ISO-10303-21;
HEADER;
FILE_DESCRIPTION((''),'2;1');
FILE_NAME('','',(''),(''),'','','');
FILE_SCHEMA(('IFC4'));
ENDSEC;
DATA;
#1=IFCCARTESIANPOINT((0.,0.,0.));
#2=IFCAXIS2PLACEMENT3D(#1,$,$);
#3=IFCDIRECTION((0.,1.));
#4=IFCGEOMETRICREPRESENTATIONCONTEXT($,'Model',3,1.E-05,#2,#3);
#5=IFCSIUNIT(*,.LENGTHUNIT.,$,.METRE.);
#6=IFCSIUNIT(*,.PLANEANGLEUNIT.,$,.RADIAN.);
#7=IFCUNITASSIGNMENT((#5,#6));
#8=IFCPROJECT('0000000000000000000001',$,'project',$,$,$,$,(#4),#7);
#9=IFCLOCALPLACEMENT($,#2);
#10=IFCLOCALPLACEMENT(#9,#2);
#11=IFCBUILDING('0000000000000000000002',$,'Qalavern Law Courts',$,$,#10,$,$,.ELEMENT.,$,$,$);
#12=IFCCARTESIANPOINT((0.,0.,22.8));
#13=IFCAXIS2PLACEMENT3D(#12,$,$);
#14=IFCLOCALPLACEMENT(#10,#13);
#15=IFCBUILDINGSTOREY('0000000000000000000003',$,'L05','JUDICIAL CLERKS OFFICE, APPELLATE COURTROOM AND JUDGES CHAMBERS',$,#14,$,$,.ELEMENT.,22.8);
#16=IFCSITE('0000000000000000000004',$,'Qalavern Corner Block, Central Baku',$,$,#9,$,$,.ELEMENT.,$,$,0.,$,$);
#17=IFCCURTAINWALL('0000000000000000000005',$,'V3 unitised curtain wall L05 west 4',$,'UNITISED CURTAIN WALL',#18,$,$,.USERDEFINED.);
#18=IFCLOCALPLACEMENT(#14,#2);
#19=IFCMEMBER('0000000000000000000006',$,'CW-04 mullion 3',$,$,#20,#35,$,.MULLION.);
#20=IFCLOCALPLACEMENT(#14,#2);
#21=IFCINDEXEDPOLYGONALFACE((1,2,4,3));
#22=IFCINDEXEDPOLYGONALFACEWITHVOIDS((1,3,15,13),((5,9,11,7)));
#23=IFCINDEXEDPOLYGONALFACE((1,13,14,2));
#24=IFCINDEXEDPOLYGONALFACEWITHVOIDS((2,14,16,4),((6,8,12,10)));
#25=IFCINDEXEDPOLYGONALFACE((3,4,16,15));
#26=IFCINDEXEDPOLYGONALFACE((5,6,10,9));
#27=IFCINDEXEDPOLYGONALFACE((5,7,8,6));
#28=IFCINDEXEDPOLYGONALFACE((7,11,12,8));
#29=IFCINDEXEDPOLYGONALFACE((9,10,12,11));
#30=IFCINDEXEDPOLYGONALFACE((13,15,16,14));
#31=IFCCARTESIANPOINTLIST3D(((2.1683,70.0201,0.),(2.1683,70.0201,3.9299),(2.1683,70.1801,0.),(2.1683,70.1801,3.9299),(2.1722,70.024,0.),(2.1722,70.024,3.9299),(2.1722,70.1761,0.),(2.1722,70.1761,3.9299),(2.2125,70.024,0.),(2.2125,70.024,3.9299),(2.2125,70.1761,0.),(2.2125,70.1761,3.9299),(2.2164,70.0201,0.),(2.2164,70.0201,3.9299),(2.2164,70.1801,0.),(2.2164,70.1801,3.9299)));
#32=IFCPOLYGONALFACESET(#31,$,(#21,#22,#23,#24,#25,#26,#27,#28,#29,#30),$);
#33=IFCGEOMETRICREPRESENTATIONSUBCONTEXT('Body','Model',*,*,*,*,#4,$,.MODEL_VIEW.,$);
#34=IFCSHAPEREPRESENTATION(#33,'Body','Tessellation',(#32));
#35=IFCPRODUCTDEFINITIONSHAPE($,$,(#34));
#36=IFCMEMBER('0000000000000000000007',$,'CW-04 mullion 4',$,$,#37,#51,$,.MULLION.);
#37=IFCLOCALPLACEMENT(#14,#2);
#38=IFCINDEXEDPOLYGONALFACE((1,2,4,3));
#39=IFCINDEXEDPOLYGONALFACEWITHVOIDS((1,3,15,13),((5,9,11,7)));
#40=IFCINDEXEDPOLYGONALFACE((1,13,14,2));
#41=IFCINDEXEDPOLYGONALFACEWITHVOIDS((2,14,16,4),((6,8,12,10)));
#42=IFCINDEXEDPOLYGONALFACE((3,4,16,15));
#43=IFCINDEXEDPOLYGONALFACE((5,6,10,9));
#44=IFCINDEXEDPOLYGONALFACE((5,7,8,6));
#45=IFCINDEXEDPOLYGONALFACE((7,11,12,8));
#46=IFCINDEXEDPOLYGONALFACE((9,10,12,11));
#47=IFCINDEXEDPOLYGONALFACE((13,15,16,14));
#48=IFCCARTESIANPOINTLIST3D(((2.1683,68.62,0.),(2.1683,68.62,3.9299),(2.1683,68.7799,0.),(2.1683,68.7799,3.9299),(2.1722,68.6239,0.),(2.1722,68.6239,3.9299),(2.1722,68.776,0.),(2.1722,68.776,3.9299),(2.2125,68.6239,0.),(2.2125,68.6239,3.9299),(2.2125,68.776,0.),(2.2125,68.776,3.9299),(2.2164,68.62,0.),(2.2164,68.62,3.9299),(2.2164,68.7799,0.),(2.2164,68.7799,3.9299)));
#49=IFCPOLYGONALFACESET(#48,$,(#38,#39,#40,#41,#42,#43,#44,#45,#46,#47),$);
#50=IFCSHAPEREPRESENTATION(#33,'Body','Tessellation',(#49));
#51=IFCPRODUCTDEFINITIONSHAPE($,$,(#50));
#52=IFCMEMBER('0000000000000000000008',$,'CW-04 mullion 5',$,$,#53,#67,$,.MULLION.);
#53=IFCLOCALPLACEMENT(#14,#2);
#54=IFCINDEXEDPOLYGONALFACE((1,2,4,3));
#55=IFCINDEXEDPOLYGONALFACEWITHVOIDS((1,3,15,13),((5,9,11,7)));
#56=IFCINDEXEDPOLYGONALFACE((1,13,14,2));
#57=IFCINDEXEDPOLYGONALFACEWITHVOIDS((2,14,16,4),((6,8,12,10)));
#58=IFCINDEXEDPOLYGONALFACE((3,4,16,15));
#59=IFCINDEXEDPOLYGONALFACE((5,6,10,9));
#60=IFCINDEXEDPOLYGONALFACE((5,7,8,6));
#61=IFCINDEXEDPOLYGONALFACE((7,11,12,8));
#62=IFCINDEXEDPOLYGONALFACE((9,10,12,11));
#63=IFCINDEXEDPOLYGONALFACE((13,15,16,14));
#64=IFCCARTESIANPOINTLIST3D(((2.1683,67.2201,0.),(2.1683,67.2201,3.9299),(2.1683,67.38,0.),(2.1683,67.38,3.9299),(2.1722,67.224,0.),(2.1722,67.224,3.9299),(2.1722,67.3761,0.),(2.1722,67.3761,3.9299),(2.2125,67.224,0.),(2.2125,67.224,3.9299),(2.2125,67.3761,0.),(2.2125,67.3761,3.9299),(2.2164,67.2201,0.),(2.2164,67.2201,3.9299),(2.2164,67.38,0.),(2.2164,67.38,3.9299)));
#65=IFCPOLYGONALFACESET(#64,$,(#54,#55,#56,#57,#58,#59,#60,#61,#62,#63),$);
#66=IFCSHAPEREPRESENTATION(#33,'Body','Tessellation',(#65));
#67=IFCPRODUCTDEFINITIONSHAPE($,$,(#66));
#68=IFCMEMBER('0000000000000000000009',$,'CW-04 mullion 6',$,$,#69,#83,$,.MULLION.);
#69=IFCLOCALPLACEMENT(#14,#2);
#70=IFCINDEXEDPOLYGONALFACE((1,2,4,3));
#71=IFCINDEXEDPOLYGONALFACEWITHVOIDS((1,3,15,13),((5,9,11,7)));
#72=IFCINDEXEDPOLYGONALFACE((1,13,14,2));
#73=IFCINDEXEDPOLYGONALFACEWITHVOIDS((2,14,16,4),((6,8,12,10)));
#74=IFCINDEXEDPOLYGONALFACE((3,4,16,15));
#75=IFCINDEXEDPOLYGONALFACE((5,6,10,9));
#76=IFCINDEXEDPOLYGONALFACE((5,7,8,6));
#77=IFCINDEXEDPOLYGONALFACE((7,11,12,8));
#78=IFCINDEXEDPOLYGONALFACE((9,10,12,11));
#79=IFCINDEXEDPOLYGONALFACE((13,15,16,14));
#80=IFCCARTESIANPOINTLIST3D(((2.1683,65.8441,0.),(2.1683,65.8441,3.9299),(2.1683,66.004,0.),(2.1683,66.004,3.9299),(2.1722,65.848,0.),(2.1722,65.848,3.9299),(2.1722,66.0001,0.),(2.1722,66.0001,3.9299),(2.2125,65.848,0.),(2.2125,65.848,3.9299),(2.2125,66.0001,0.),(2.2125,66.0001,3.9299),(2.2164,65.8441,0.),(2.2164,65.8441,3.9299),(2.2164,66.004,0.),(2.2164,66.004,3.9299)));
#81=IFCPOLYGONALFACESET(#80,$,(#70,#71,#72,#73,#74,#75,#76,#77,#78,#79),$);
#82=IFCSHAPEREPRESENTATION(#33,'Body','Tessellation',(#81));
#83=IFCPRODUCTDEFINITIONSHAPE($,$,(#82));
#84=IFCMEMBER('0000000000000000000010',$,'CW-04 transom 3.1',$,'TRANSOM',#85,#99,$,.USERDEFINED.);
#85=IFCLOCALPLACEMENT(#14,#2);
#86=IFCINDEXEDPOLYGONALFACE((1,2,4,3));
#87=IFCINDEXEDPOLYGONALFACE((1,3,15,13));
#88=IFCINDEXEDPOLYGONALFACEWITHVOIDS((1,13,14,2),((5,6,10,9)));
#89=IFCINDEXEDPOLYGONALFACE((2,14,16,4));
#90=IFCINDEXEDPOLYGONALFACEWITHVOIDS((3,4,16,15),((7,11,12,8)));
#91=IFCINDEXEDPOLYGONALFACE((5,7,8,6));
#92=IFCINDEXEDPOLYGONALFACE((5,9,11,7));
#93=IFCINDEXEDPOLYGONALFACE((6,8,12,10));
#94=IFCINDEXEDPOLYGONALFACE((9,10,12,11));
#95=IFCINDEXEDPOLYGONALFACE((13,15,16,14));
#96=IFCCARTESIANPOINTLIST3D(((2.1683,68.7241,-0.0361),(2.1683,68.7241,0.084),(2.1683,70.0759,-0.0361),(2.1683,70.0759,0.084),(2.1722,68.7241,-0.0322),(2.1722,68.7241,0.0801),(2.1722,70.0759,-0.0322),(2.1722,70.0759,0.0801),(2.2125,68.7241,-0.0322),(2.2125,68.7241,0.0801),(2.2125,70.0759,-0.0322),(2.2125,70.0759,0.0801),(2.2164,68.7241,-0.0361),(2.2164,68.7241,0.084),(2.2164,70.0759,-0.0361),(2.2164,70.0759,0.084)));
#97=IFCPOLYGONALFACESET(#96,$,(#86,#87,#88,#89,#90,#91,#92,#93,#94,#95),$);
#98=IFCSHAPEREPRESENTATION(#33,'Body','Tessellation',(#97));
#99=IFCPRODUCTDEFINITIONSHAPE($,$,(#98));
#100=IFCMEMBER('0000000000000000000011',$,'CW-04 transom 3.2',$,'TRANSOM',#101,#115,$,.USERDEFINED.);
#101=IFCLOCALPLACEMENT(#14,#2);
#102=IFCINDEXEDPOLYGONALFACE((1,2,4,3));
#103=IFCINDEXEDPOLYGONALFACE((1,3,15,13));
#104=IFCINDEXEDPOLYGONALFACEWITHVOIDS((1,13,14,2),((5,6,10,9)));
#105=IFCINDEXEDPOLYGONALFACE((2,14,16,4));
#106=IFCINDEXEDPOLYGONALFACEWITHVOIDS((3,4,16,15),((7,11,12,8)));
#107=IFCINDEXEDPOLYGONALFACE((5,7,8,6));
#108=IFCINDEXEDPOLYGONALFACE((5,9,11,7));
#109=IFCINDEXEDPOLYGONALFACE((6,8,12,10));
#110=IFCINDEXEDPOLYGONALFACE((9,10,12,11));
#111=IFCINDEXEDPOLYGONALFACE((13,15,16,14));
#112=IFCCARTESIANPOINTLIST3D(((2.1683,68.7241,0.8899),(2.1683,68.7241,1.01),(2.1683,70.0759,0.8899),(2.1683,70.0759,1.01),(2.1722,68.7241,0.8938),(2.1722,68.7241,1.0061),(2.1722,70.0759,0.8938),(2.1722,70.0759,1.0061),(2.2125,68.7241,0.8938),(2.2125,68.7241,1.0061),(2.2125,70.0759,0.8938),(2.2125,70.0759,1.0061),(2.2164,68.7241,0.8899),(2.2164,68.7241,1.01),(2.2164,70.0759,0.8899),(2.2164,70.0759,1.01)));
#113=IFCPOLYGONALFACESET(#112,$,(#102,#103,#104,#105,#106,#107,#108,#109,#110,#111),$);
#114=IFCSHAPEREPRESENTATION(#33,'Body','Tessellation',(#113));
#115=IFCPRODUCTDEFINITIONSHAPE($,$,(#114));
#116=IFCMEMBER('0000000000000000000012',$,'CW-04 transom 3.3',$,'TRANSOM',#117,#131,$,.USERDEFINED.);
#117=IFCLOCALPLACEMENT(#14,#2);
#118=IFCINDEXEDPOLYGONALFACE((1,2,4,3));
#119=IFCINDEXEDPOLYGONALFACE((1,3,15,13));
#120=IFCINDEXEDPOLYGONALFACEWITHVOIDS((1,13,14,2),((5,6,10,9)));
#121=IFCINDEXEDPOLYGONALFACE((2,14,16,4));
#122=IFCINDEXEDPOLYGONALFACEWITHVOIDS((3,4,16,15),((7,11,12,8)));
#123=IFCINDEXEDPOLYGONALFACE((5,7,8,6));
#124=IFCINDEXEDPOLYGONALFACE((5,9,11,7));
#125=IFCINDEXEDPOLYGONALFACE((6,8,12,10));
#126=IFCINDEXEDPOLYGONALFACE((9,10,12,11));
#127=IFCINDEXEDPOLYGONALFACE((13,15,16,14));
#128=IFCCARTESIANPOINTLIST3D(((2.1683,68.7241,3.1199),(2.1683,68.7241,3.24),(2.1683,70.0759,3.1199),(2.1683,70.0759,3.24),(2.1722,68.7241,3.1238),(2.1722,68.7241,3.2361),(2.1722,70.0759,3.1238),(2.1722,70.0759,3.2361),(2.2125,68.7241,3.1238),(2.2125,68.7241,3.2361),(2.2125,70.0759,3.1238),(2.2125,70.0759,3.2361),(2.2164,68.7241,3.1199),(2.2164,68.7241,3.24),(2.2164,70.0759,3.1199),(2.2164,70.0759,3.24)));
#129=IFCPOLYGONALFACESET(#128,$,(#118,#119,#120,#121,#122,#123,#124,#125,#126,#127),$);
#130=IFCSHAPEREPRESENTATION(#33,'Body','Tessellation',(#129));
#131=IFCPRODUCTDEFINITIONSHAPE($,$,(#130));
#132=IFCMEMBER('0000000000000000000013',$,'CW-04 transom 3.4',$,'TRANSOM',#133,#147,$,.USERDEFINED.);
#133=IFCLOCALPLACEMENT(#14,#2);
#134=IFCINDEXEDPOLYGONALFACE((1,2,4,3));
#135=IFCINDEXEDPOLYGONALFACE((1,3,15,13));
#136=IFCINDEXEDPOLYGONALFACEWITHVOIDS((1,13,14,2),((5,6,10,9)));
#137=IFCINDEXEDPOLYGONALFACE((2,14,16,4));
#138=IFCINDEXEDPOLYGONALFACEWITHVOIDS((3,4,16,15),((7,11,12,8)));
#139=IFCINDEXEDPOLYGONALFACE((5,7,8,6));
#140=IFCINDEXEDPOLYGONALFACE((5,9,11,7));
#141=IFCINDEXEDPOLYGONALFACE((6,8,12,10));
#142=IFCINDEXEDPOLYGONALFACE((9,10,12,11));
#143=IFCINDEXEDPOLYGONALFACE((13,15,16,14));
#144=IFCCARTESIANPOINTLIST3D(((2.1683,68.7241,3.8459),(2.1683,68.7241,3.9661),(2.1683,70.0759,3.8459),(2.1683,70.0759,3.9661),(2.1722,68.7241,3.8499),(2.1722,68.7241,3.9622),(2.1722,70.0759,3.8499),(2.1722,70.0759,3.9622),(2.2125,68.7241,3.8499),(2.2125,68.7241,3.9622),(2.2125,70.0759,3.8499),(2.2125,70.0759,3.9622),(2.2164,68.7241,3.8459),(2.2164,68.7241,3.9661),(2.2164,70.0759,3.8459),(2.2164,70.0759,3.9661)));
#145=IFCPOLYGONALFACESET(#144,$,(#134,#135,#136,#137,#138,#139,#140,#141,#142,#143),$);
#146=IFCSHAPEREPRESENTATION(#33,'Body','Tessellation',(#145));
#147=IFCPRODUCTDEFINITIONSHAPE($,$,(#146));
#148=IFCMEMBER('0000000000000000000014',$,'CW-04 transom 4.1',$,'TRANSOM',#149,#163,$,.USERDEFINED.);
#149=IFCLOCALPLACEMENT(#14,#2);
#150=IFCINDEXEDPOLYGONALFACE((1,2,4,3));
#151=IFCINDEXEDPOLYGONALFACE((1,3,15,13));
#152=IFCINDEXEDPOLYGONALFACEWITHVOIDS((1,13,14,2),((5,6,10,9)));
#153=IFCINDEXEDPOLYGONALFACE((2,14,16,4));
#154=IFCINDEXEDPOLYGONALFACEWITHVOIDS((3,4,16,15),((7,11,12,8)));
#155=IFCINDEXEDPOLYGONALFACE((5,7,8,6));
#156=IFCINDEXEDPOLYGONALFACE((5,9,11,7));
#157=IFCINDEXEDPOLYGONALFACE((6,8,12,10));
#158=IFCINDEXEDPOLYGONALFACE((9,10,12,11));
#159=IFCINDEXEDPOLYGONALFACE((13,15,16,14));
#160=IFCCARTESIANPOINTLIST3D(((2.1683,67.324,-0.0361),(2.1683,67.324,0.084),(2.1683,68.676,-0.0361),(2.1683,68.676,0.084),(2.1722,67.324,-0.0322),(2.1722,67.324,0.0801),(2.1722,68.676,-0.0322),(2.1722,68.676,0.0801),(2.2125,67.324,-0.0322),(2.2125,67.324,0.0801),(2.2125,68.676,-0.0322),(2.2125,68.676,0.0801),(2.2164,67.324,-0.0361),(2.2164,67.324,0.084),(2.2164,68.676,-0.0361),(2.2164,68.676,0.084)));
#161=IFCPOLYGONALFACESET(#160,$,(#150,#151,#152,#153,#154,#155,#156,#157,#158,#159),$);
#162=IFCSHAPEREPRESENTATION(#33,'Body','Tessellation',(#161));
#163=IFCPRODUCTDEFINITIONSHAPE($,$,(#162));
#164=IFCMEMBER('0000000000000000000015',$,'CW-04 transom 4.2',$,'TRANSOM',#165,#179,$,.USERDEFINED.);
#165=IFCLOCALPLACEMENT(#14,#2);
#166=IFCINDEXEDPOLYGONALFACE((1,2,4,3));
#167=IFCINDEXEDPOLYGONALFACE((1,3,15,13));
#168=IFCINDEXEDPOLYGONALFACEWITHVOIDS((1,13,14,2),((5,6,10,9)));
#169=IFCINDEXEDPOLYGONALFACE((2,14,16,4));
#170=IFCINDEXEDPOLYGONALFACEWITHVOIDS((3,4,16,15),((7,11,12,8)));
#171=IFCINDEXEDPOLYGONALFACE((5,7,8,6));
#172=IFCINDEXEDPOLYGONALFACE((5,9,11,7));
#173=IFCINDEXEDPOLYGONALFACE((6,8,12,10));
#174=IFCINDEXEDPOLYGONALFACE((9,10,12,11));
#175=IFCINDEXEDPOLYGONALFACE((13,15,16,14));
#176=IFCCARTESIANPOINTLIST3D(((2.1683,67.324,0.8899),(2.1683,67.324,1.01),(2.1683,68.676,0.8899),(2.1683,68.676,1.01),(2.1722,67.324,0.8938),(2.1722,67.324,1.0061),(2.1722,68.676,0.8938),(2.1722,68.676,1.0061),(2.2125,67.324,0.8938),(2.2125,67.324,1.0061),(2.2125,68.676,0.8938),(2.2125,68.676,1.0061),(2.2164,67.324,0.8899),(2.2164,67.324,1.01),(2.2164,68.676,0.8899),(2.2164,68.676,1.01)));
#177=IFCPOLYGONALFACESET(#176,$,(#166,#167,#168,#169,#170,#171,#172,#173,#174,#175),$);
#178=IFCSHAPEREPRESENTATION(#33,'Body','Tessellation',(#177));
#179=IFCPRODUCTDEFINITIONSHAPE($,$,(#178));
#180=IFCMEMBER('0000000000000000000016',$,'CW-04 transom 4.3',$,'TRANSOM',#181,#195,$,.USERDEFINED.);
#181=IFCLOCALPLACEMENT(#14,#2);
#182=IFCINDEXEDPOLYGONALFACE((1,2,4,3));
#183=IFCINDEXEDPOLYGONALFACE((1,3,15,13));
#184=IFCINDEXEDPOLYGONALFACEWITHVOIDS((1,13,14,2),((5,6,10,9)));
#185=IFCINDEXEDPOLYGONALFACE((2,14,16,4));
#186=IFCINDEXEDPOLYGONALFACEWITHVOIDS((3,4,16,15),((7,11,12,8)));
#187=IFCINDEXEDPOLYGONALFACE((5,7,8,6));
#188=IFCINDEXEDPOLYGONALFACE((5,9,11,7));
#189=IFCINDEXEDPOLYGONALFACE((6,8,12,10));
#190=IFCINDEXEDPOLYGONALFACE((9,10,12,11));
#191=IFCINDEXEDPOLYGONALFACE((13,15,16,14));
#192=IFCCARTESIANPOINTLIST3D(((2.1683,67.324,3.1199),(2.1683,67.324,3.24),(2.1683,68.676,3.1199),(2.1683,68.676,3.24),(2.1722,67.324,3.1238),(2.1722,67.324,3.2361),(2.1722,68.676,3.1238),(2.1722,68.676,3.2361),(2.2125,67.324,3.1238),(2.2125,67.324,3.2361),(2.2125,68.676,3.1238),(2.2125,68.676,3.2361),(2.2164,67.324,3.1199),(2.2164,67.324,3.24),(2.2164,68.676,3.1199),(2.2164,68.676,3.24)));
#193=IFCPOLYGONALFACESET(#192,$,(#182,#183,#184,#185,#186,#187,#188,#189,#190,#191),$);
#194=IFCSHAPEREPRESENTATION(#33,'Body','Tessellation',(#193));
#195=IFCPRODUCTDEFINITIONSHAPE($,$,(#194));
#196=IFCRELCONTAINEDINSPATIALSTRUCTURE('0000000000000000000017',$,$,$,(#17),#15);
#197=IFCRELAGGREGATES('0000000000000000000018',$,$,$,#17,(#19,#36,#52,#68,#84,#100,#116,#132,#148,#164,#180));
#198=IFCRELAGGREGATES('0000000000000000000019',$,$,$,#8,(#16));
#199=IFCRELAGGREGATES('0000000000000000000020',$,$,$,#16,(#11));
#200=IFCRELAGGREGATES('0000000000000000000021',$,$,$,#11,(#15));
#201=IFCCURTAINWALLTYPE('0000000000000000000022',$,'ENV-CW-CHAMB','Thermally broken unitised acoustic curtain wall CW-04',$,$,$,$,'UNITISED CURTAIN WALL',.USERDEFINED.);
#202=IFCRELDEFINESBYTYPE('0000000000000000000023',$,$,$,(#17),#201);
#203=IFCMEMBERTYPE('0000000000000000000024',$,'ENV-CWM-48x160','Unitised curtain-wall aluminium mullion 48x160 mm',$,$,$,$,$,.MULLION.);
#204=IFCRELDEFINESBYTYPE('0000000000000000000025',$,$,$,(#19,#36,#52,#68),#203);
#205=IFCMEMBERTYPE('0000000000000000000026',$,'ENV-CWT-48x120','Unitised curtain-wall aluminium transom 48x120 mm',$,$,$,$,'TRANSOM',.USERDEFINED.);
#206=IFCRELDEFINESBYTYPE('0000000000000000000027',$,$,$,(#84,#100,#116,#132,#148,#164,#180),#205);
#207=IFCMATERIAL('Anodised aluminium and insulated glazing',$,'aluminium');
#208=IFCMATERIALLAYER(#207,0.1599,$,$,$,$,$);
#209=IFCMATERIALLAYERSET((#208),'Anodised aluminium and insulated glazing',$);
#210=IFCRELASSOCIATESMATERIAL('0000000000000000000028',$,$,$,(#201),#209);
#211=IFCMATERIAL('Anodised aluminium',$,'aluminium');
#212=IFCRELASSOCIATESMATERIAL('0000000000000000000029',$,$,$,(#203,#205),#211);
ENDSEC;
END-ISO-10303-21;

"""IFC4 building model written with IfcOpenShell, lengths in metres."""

from ifc_helpers import new_model, si_unit, direction, frame, origin, origin_2d, place, context, subcontext, project, spatial, hollow_rectangle, extrude, material, layer, layer_set, material_profile, profile_set, type_object, element, aggregate, save


model = new_model("IFC4")

# Units and contexts
model_context = context("Model", 3, precision=1e-05, world=origin(), true_north=direction((0.0, 1.0)))
body_context = subcontext(model_context, "Body", "Model", "MODEL_VIEW")
ifc_project = project(units=[si_unit("LENGTHUNIT", "METRE"), si_unit("PLANEANGLEUNIT", "RADIAN")], contexts=[model_context])

# Site, building, storey
site_placement = place(None, origin())
site = spatial("IfcSite", under=ifc_project, at=site_placement, Name="Qalavern Corner Block, Central Baku", CompositionType="ELEMENT", RefElevation=0.0)
building_placement = place(site_placement, origin())
building = spatial("IfcBuilding", under=site, at=building_placement, Name="Qalavern Law Courts", CompositionType="ELEMENT")
storey_placement = place(building_placement, frame((0.0, 0.0, 22.8)))
storey = spatial("IfcBuildingStorey", under=building, at=storey_placement, Name="L05", Description="JUDICIAL CLERKS OFFICE, APPELLATE COURTROOM AND JUDGES CHAMBERS", CompositionType="ELEMENT", Elevation=22.8)

# Curtain wall, members
ifc_material_1 = material(Name="Anodised aluminium and insulated glazing", Category="aluminium")
ifc_layer_1 = layer(ifc_material_1, 0.1599)
ifc_layer_set_1 = layer_set([ifc_layer_1], Name="Anodised aluminium and insulated glazing")
curtain_wall_type = type_object("IfcCurtainWallType", Name="ENV-CW-CHAMB", Description="Thermally broken unitised acoustic curtain wall CW-04", ElementType="UNITISED CURTAIN WALL", PredefinedType="USERDEFINED", material=ifc_layer_set_1)
curtain_wall_placement = place(storey_placement, origin())
curtain_wall = element("IfcCurtainWall", 1, at=curtain_wall_placement, inside=storey, type_object=curtain_wall_type, Name="V3 unitised curtain wall L05 west 4", ObjectType="UNITISED CURTAIN WALL", PredefinedType="USERDEFINED")
ifc_material_2 = material(Name="Anodised aluminium", Category="aluminium")
ifc_material_profile_1 = material_profile(ifc_material_2, hollow_rectangle(XDim=0.0481, YDim=0.1599, WallThickness=0.0039, at=origin_2d()), Name="ALU MULLION 48x160")
ifc_profile_set_1 = profile_set([ifc_material_profile_1], Name="Anodised aluminium")
member_type_1 = type_object("IfcMemberType", Name="ENV-CWM-48x160", Description="Unitised curtain-wall aluminium mullion 48x160 mm", PredefinedType="MULLION", material=ifc_profile_set_1)
member_1_placement = place(storey_placement, frame((2.1924, 70.1001, 0.0), z_axis=(0.0, 0.0, 1.0), x_axis=(1.0, 0.0, 0.0)))
member_1 = element("IfcMember", 2, at=member_1_placement, type_object=member_type_1, Name="CW-04 mullion 3", PredefinedType="MULLION", context=body_context, shape_type="SweptSolid", body=[
    extrude(hollow_rectangle(XDim=0.0481, YDim=0.1599, WallThickness=0.0039, at=origin_2d()), origin(), (0.0, 0.0, 1.0), 3.9299),
])
member_2_placement = place(storey_placement, frame((2.1924, 68.7, 0.0), z_axis=(0.0, 0.0, 1.0), x_axis=(1.0, 0.0, 0.0)))
member_2 = element("IfcMember", 3, at=member_2_placement, type_object=member_type_1, Name="CW-04 mullion 4", PredefinedType="MULLION", context=body_context, shape_type="SweptSolid", body=[
    extrude(hollow_rectangle(XDim=0.0481, YDim=0.1599, WallThickness=0.0039, at=origin_2d()), origin(), (0.0, 0.0, 1.0), 3.9299),
])
member_3_placement = place(storey_placement, frame((2.1924, 67.3, 0.0), z_axis=(0.0, 0.0, 1.0), x_axis=(1.0, 0.0, 0.0)))
member_3 = element("IfcMember", 4, at=member_3_placement, type_object=member_type_1, Name="CW-04 mullion 5", PredefinedType="MULLION", context=body_context, shape_type="SweptSolid", body=[
    extrude(hollow_rectangle(XDim=0.0481, YDim=0.1599, WallThickness=0.0039, at=origin_2d()), origin(), (0.0, 0.0, 1.0), 3.9299),
])
member_4_placement = place(storey_placement, frame((2.1924, 65.9241, 0.0), z_axis=(0.0, 0.0, 1.0), x_axis=(1.0, 0.0, 0.0)))
member_4 = element("IfcMember", 5, at=member_4_placement, type_object=member_type_1, Name="CW-04 mullion 6", PredefinedType="MULLION", context=body_context, shape_type="SweptSolid", body=[
    extrude(hollow_rectangle(XDim=0.0481, YDim=0.1599, WallThickness=0.0039, at=origin_2d()), origin(), (0.0, 0.0, 1.0), 3.9299),
])
ifc_material_profile_2 = material_profile(ifc_material_2, hollow_rectangle(XDim=0.0481, YDim=0.1201, WallThickness=0.0039, at=origin_2d()), Name="ALU TRANSOM 48x120")
ifc_profile_set_2 = profile_set([ifc_material_profile_2], Name="Anodised aluminium")
member_type_2 = type_object("IfcMemberType", Name="ENV-CWT-48x120", Description="Unitised curtain-wall aluminium transom 48x120 mm", ElementType="TRANSOM", PredefinedType="USERDEFINED", material=ifc_profile_set_2)
member_5_placement = place(storey_placement, frame((2.1924, 70.0759, 0.0239), z_axis=(0.0, -1.0, 0.0), x_axis=(1.0, 0.0, 0.0)))
member_5 = element("IfcMember", 6, at=member_5_placement, type_object=member_type_2, Name="CW-04 transom 3.1", ObjectType="TRANSOM", PredefinedType="USERDEFINED", context=body_context, shape_type="SweptSolid", body=[
    extrude(hollow_rectangle(XDim=0.0481, YDim=0.1201, WallThickness=0.0039, at=origin_2d()), origin(), (0.0, 0.0, 1.0), 1.3518),
])
member_6_placement = place(storey_placement, frame((2.1924, 70.0759, 0.95), z_axis=(0.0, -1.0, 0.0), x_axis=(1.0, 0.0, 0.0)))
member_6 = element("IfcMember", 7, at=member_6_placement, type_object=member_type_2, Name="CW-04 transom 3.2", ObjectType="TRANSOM", PredefinedType="USERDEFINED", context=body_context, shape_type="SweptSolid", body=[
    extrude(hollow_rectangle(XDim=0.0481, YDim=0.1201, WallThickness=0.0039, at=origin_2d()), origin(), (0.0, 0.0, 1.0), 1.3518),
])
member_7_placement = place(storey_placement, frame((2.1924, 70.0759, 3.1799), z_axis=(0.0, -1.0, 0.0), x_axis=(1.0, 0.0, 0.0)))
member_7 = element("IfcMember", 8, at=member_7_placement, type_object=member_type_2, Name="CW-04 transom 3.3", ObjectType="TRANSOM", PredefinedType="USERDEFINED", context=body_context, shape_type="SweptSolid", body=[
    extrude(hollow_rectangle(XDim=0.0481, YDim=0.1201, WallThickness=0.0039, at=origin_2d()), origin(), (0.0, 0.0, 1.0), 1.3518),
])
member_8_placement = place(storey_placement, frame((2.1924, 70.0759, 3.906), z_axis=(0.0, -1.0, 0.0), x_axis=(1.0, 0.0, 0.0)))
member_8 = element("IfcMember", 9, at=member_8_placement, type_object=member_type_2, Name="CW-04 transom 3.4", ObjectType="TRANSOM", PredefinedType="USERDEFINED", context=body_context, shape_type="SweptSolid", body=[
    extrude(hollow_rectangle(XDim=0.0481, YDim=0.1201, WallThickness=0.0039, at=origin_2d()), origin(), (0.0, 0.0, 1.0), 1.3518),
])
member_9_placement = place(storey_placement, frame((2.1924, 68.676, 0.0239), z_axis=(0.0, -1.0, 0.0), x_axis=(1.0, 0.0, 0.0)))
member_9 = element("IfcMember", 10, at=member_9_placement, type_object=member_type_2, Name="CW-04 transom 4.1", ObjectType="TRANSOM", PredefinedType="USERDEFINED", context=body_context, shape_type="SweptSolid", body=[
    extrude(hollow_rectangle(XDim=0.0481, YDim=0.1201, WallThickness=0.0039, at=origin_2d()), origin(), (0.0, 0.0, 1.0), 1.3521),
])
member_10_placement = place(storey_placement, frame((2.1924, 68.676, 0.95), z_axis=(0.0, -1.0, 0.0), x_axis=(1.0, 0.0, 0.0)))
member_10 = element("IfcMember", 11, at=member_10_placement, type_object=member_type_2, Name="CW-04 transom 4.2", ObjectType="TRANSOM", PredefinedType="USERDEFINED", context=body_context, shape_type="SweptSolid", body=[
    extrude(hollow_rectangle(XDim=0.0481, YDim=0.1201, WallThickness=0.0039, at=origin_2d()), origin(), (0.0, 0.0, 1.0), 1.3521),
])
member_11_placement = place(storey_placement, frame((2.1924, 68.676, 3.1799), z_axis=(0.0, -1.0, 0.0), x_axis=(1.0, 0.0, 0.0)))
member_11 = element("IfcMember", 12, at=member_11_placement, type_object=member_type_2, Name="CW-04 transom 4.3", ObjectType="TRANSOM", PredefinedType="USERDEFINED", context=body_context, shape_type="SweptSolid", body=[
    extrude(hollow_rectangle(XDim=0.0481, YDim=0.1201, WallThickness=0.0039, at=origin_2d()), origin(), (0.0, 0.0, 1.0), 1.3521),
])
aggregate(curtain_wall, [member_1, member_2, member_3, member_4, member_5, member_6, member_7, member_8, member_9, member_10, member_11])

save(model, "model.ifc")
